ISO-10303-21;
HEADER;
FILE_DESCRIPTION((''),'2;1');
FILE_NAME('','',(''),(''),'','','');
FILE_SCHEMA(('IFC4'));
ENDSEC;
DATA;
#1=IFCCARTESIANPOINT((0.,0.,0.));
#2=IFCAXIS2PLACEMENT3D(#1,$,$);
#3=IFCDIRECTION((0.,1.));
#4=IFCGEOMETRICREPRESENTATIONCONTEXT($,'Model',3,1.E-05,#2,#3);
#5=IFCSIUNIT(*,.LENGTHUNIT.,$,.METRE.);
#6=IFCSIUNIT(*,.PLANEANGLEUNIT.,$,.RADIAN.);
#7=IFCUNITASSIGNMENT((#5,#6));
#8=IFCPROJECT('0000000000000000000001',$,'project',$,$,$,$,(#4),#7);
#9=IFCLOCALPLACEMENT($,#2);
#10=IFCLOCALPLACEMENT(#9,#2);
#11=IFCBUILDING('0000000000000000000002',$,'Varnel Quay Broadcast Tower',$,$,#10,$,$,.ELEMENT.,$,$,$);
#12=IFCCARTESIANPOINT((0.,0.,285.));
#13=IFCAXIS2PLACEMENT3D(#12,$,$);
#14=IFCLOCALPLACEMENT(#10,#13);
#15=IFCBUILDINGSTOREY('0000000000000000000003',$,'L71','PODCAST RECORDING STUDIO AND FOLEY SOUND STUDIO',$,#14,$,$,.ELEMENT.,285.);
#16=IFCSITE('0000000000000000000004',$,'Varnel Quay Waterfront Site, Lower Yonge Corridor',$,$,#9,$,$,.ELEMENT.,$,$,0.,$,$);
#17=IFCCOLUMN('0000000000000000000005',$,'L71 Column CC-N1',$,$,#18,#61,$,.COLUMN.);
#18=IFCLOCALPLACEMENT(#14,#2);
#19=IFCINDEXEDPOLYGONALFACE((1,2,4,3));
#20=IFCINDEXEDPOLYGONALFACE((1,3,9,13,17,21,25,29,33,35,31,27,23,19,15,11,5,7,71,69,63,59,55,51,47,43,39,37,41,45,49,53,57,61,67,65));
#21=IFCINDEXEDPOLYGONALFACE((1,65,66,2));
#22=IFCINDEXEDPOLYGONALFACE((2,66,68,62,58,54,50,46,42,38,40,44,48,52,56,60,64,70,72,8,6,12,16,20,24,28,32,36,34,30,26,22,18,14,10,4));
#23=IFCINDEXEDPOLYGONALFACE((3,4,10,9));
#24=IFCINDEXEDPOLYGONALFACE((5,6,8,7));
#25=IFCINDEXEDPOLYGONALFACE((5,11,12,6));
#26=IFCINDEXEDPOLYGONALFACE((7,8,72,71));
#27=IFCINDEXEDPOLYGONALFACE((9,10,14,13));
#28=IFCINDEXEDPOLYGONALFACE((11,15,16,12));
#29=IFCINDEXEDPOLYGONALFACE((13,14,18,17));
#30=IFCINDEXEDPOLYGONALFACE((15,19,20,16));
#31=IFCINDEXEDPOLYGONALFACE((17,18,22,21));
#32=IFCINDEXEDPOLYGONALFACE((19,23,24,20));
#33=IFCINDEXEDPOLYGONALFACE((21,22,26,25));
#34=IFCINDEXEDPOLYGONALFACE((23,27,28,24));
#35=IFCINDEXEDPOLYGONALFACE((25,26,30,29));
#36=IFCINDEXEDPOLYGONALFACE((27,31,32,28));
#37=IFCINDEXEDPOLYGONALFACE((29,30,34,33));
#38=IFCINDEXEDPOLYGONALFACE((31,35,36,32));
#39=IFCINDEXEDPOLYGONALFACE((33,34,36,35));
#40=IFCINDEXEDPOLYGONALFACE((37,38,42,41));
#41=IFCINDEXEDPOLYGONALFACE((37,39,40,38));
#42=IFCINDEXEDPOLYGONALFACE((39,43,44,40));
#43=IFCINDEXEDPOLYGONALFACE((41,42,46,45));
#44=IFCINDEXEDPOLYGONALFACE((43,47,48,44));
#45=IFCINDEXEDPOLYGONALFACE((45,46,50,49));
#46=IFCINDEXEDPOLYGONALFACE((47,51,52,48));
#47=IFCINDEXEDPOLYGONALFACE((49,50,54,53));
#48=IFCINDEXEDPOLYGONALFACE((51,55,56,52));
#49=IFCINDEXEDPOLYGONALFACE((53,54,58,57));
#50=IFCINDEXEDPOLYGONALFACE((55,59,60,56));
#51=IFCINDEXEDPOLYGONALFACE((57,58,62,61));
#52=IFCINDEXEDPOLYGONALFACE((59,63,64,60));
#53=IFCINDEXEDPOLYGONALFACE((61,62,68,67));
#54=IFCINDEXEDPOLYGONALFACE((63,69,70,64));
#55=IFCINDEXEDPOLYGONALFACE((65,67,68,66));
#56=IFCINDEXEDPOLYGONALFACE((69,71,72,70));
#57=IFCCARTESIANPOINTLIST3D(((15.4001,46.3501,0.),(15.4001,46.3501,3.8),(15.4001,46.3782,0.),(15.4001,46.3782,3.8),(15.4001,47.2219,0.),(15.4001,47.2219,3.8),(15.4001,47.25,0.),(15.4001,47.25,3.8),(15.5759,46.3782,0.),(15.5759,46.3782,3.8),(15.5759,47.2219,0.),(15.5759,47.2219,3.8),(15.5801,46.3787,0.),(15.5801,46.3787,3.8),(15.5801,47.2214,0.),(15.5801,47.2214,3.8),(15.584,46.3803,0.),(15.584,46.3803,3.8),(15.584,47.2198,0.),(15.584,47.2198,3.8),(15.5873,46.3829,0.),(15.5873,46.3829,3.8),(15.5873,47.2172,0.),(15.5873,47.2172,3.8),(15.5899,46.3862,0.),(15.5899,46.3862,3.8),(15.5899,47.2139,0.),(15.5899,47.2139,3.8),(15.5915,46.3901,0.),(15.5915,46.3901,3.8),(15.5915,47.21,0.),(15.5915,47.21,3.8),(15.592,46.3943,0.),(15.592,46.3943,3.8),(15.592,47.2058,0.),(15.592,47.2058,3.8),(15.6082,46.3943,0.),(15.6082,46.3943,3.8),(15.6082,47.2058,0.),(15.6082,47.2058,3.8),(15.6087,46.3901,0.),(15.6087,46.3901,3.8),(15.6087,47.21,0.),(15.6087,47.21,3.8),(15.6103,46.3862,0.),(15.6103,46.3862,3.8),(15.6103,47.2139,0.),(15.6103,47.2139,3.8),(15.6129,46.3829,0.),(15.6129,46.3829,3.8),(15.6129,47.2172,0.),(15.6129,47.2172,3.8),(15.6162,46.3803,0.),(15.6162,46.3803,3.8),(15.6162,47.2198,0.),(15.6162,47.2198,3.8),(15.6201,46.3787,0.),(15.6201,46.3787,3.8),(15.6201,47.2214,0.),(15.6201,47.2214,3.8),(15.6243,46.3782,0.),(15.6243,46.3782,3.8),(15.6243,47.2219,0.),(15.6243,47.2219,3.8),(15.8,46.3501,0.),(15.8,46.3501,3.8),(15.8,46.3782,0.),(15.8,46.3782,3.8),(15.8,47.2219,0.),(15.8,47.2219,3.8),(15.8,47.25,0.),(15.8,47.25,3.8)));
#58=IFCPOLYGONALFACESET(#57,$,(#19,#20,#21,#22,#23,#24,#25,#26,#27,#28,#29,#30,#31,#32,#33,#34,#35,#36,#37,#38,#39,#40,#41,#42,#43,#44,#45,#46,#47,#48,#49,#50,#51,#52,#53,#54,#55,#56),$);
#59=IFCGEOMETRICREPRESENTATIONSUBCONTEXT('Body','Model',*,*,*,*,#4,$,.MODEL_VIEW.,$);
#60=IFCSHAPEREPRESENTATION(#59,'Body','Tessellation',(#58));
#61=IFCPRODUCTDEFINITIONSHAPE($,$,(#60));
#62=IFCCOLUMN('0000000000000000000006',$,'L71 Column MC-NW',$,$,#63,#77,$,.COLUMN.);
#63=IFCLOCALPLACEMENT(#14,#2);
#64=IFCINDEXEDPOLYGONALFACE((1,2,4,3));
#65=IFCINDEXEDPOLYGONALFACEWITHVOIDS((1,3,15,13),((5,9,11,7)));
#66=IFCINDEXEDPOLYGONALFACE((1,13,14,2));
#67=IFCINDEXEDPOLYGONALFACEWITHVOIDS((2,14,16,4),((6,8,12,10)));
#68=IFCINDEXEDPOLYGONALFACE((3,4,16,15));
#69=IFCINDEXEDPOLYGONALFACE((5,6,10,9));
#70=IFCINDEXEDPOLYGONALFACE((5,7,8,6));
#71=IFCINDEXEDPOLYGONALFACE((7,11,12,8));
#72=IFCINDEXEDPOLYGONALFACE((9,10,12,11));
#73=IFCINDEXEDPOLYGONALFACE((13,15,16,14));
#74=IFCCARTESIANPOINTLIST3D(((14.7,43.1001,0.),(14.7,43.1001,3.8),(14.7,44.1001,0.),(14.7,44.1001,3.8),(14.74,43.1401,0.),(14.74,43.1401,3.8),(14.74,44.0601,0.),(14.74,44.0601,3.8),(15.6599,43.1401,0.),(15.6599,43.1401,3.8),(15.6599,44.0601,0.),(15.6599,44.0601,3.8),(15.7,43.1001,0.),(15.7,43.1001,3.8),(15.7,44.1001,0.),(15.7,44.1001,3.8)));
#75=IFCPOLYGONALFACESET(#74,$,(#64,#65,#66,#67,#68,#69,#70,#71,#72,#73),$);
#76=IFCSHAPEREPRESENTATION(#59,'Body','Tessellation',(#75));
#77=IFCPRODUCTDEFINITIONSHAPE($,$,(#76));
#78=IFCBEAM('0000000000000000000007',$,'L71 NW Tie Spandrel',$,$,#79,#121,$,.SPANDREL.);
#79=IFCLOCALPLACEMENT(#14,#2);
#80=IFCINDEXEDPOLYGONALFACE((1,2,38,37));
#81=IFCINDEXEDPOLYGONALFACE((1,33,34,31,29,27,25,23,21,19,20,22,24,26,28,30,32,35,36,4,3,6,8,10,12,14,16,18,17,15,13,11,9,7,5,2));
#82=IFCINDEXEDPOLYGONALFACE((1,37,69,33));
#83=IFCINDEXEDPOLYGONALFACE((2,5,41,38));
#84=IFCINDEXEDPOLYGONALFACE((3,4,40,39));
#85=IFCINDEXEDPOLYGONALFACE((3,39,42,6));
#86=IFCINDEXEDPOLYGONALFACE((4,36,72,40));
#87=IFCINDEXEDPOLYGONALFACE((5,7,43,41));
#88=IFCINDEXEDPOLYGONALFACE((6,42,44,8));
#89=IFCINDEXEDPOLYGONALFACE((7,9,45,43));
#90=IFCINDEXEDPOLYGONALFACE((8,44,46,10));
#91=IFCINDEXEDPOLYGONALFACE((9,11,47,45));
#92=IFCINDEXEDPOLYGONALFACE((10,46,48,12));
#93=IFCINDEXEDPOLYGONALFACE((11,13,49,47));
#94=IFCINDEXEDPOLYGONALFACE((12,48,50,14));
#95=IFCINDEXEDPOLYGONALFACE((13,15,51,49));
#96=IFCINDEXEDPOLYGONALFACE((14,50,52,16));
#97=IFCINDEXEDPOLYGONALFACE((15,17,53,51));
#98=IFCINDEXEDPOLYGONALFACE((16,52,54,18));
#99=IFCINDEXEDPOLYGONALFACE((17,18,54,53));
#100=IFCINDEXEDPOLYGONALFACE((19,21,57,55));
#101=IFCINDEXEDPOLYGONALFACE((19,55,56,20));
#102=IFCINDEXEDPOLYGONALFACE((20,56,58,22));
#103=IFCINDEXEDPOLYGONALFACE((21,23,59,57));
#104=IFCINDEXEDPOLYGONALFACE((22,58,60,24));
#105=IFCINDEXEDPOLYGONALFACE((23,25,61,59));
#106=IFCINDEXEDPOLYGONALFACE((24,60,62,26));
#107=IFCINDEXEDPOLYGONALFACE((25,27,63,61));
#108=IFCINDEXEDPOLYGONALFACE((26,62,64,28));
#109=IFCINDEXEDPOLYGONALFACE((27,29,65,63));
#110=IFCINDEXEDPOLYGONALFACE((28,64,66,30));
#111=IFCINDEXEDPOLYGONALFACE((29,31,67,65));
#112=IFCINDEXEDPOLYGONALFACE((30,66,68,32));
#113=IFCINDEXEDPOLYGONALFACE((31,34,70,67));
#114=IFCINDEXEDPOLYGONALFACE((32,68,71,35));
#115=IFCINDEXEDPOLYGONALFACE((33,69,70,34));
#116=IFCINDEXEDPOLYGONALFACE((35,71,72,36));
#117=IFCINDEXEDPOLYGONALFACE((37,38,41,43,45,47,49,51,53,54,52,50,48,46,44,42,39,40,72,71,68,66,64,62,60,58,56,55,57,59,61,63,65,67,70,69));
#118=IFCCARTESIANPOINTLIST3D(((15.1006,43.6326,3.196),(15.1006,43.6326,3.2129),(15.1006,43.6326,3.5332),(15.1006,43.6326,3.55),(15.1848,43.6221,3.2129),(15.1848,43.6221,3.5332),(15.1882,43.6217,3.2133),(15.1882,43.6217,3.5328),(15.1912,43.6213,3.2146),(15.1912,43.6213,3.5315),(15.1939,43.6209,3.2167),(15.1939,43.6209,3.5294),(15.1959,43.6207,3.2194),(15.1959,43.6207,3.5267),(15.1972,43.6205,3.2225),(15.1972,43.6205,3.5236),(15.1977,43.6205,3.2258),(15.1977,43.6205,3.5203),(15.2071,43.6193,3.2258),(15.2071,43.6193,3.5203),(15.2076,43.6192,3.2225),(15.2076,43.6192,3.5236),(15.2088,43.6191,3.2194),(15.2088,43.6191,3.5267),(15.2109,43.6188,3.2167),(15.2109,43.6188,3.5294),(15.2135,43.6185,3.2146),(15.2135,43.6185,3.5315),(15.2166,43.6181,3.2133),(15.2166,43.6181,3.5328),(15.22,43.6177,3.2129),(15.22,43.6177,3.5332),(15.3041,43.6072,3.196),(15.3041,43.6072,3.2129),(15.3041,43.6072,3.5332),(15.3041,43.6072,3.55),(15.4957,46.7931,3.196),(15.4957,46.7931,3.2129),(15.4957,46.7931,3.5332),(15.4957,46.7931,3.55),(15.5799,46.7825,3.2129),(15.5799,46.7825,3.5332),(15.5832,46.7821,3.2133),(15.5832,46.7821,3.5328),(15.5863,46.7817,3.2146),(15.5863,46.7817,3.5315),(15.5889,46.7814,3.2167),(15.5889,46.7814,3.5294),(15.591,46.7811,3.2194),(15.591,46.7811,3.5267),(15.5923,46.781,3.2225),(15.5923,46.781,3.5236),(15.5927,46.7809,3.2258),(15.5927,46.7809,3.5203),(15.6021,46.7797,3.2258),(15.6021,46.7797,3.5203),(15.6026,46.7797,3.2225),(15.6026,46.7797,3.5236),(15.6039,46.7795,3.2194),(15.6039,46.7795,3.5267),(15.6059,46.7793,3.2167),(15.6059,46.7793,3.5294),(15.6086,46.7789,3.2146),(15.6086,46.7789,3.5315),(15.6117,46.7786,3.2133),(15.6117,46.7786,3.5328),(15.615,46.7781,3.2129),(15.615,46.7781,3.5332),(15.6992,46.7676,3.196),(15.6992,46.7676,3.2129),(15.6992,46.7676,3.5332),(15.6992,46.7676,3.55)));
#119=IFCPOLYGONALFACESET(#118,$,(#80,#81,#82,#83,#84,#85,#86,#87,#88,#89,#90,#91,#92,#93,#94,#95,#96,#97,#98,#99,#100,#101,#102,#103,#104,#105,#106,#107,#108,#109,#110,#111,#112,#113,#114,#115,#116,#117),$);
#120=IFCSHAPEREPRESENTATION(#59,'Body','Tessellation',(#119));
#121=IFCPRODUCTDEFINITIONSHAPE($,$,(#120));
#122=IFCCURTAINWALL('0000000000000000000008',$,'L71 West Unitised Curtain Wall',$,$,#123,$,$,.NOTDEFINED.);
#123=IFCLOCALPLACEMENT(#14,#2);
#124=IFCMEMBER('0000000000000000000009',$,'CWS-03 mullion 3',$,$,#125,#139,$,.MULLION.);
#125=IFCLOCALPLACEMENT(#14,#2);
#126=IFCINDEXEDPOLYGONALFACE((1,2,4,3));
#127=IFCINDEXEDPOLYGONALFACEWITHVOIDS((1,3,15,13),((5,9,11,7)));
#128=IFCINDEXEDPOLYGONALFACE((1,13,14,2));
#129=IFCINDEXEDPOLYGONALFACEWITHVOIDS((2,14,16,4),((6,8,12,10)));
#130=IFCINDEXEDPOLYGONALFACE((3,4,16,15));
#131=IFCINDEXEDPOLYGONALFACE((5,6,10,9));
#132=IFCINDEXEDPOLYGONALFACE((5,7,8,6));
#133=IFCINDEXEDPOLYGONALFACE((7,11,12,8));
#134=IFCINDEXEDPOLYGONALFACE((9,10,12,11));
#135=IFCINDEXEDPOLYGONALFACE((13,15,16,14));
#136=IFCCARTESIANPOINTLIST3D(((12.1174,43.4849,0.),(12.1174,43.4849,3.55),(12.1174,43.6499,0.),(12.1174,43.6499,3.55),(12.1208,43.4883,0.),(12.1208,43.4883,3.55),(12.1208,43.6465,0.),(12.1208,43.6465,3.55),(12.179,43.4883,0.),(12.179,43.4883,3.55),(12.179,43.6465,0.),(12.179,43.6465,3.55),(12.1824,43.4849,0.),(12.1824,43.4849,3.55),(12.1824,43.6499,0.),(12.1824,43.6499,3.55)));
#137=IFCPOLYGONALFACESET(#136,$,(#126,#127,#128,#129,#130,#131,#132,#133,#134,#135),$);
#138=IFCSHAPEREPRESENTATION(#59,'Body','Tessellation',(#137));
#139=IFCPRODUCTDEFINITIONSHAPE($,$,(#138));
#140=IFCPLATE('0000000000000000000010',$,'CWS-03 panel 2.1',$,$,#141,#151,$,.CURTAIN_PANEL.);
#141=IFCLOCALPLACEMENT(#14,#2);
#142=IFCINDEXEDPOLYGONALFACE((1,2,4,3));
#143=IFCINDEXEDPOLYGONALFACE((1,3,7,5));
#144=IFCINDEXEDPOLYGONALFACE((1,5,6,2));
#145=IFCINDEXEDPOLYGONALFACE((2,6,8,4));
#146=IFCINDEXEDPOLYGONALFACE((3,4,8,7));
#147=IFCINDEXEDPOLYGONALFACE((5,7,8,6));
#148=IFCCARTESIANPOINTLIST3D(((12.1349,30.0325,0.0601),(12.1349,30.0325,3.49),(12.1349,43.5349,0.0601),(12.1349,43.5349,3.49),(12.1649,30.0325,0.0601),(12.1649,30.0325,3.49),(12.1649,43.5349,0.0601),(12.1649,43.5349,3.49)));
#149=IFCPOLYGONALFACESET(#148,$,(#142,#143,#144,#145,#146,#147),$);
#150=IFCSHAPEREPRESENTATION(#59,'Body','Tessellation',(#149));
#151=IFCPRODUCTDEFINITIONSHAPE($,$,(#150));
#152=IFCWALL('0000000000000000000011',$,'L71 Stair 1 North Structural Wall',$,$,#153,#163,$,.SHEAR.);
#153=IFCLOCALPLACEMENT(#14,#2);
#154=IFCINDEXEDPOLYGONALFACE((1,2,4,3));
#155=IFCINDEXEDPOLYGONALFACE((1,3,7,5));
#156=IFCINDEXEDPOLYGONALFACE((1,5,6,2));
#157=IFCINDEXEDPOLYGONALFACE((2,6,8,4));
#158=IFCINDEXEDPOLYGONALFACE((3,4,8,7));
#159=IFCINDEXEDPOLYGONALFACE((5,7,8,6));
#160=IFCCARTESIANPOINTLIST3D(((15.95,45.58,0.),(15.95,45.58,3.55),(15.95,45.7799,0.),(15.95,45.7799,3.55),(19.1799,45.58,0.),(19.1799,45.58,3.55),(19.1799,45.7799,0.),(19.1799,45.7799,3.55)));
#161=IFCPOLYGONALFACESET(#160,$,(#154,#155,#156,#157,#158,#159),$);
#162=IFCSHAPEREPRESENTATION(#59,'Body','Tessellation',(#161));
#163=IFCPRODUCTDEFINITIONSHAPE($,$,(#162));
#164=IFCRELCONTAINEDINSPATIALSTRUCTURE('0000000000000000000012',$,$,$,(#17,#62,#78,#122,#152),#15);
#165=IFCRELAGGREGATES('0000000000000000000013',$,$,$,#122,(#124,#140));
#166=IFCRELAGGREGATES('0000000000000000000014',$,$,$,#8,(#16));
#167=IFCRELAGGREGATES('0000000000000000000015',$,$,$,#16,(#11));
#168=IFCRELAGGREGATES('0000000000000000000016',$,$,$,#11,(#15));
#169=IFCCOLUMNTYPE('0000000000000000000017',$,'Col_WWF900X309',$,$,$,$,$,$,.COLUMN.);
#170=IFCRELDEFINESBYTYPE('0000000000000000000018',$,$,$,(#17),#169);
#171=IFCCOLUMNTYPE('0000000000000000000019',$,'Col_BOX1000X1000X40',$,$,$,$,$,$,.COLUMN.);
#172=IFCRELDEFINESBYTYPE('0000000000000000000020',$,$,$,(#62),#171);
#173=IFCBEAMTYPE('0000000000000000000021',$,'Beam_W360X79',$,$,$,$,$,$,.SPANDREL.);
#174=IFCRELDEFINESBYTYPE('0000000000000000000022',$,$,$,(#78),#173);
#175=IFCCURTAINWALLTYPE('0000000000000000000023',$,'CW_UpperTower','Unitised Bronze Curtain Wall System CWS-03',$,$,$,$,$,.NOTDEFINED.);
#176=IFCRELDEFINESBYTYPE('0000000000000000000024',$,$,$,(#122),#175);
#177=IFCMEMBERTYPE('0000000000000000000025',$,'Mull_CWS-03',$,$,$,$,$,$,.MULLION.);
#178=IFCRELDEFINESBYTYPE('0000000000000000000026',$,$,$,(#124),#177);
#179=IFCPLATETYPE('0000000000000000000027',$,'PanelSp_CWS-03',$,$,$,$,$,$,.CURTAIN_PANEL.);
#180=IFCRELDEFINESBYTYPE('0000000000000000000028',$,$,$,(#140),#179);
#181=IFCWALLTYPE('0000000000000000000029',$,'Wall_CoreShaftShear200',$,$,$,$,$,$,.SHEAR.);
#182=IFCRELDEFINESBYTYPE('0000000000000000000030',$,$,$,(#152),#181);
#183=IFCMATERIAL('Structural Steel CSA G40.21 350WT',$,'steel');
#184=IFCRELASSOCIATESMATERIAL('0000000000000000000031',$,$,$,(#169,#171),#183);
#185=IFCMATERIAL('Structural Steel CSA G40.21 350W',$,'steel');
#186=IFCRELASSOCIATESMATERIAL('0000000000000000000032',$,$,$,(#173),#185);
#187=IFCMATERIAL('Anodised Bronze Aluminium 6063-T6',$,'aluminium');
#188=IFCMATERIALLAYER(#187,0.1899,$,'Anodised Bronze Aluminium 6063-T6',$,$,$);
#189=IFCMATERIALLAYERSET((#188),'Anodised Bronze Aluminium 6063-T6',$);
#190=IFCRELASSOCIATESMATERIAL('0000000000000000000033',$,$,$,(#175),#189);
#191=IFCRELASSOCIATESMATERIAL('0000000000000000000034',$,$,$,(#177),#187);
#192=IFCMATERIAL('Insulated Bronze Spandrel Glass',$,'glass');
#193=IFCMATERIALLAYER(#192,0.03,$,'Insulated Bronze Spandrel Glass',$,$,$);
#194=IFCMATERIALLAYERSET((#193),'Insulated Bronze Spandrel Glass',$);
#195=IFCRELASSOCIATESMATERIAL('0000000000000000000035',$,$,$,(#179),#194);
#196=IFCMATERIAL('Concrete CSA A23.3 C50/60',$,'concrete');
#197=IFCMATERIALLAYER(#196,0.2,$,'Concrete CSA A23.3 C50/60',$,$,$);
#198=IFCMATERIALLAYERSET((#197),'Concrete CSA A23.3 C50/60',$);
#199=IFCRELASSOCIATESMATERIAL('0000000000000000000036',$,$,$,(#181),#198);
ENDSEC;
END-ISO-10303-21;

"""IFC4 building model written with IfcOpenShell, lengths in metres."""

from ifc_helpers import new_model, si_unit, direction, frame, frame_2d, origin, origin_2d, place, context, subcontext, project, spatial, rectangle, hollow_rectangle, i_section, extrude, source, transform, mapped, material, layer, layer_set, material_profile, profile_set, type_object, type_shapes, element, aggregate, save


model = new_model("IFC4")

# Units and contexts
model_context = context("Model", 3, precision=1e-05, world=origin(), true_north=direction((0.0, 1.0)))
body_context = subcontext(model_context, "Body", "Model", "MODEL_VIEW")
ifc_project = project(units=[si_unit("LENGTHUNIT", "METRE"), si_unit("PLANEANGLEUNIT", "RADIAN")], contexts=[model_context])

# Site, building, storey
site_placement = place(None, origin())
site = spatial("IfcSite", under=ifc_project, at=site_placement, Name="Varnel Quay Waterfront Site, Lower Yonge Corridor", CompositionType="ELEMENT", RefElevation=0.0)
building_placement = place(site_placement, origin())
building = spatial("IfcBuilding", under=site, at=building_placement, Name="Varnel Quay Broadcast Tower", CompositionType="ELEMENT")
storey_placement = place(building_placement, frame((0.0, 0.0, 285.0)))
storey = spatial("IfcBuildingStorey", under=building, at=storey_placement, Name="L71", Description="PODCAST RECORDING STUDIO AND FOLEY SOUND STUDIO", CompositionType="ELEMENT", Elevation=285.0)

# Columns
ifc_material_1 = material(Name="Structural Steel CSA G40.21 350WT", Category="steel")
ifc_material_profile_1 = material_profile(ifc_material_1, i_section(OverallWidth=0.3999, OverallDepth=0.8999, WebThickness=0.0161, FlangeThickness=0.0281, FilletRadius=0.0161, at=origin_2d()), Name="WWF900X309")
ifc_profile_set_1 = profile_set([ifc_material_profile_1], Name="Structural Steel CSA G40.21 350WT")
column_type_1 = type_object("IfcColumnType", Name="Col_WWF900X309", PredefinedType="COLUMN", material=ifc_profile_set_1)
shared_shape_1 = source(origin(), body_context, "Body", "SweptSolid", [
    extrude(i_section(OverallWidth=0.3999, OverallDepth=0.8999, WebThickness=0.0161, FlangeThickness=0.0281, FilletRadius=0.0161, at=origin_2d()), origin(), (0.0, 0.0, 1.0), 3.8),
])
type_shapes(column_type_1, [shared_shape_1])
column_1_placement = place(storey_placement, frame((15.6001, 46.8, 0.0), z_axis=(0.0, 0.0, 1.0), x_axis=(1.0, 0.0, 0.0)))
element("IfcColumn", 1, at=column_1_placement, inside=storey, type_object=column_type_1, Name="L71 Column CC-N1", PredefinedType="COLUMN", context=body_context, shape_type="MappedRepresentation", body=[
    mapped(shared_shape_1, transform((0.0, 0.0, 0.0), x_axis=(1.0, 0.0, 0.0), y_axis=(0.0, 1.0, 0.0), z_axis=(0.0, 0.0, 1.0), scale=1.0)),
])
ifc_material_profile_2 = material_profile(ifc_material_1, hollow_rectangle(XDim=1.0, YDim=1.0, WallThickness=0.04, at=origin_2d()), Name="BOX1000X1000X40")
ifc_profile_set_2 = profile_set([ifc_material_profile_2], Name="Structural Steel CSA G40.21 350WT")
column_type_2 = type_object("IfcColumnType", Name="Col_BOX1000X1000X40", PredefinedType="COLUMN", material=ifc_profile_set_2)
shared_shape_2 = source(origin(), body_context, "Body", "SweptSolid", [
    extrude(hollow_rectangle(XDim=1.0, YDim=1.0, WallThickness=0.04, at=origin_2d()), origin(), (0.0, 0.0, 1.0), 3.8),
])
type_shapes(column_type_2, [shared_shape_2])
column_2_placement = place(storey_placement, frame((15.2, 43.6001, 0.0), z_axis=(0.0, 0.0, 1.0), x_axis=(1.0, 0.0, 0.0)))
element("IfcColumn", 2, at=column_2_placement, inside=storey, type_object=column_type_2, Name="L71 Column MC-NW", PredefinedType="COLUMN", context=body_context, shape_type="MappedRepresentation", body=[
    mapped(shared_shape_2, transform((0.0, 0.0, 0.0), x_axis=(1.0, 0.0, 0.0), y_axis=(0.0, 1.0, 0.0), z_axis=(0.0, 0.0, 1.0), scale=1.0)),
])

# Beam
ifc_material_2 = material(Name="Structural Steel CSA G40.21 350W", Category="steel")
ifc_material_profile_3 = material_profile(ifc_material_2, i_section(OverallWidth=0.2051, OverallDepth=0.354, WebThickness=0.0095, FlangeThickness=0.0168, FilletRadius=0.0129, at=origin_2d()), Name="W360X79")
ifc_profile_set_3 = profile_set([ifc_material_profile_3], Name="Structural Steel CSA G40.21 350W")
beam_type = type_object("IfcBeamType", Name="Beam_W360X79", PredefinedType="SPANDREL", material=ifc_profile_set_3)
shared_shape_3 = source(origin(), body_context, "Body", "SweptSolid", [
    extrude(i_section(OverallWidth=0.2051, OverallDepth=0.354, WebThickness=0.0095, FlangeThickness=0.0168, FilletRadius=0.0129, at=origin_2d()), origin(), (0.0, 0.0, 1.0), 3.1851),
])
type_shapes(beam_type, [shared_shape_3])
beam_placement = place(storey_placement, frame((15.2024, 43.6199, 3.373), z_axis=(0.124025, 0.992279, 0.0), x_axis=(-0.992279, 0.124025, 0.0)))
element("IfcBeam", 3, at=beam_placement, inside=storey, type_object=beam_type, Name="L71 NW Tie Spandrel", PredefinedType="SPANDREL", context=body_context, shape_type="MappedRepresentation", body=[
    mapped(shared_shape_3, transform((0.0, 0.0, 0.0), x_axis=(1.0, 0.0, 0.0), y_axis=(0.0, 1.0, 0.0), z_axis=(0.0, 0.0, 1.0), scale=1.0)),
])

# Curtain wall, member, plate
ifc_material_3 = material(Name="Anodised Bronze Aluminium 6063-T6", Category="aluminium")
ifc_layer_1 = layer(ifc_material_3, 0.1899, Name="Anodised Bronze Aluminium 6063-T6")
ifc_layer_set_1 = layer_set([ifc_layer_1], Name="Anodised Bronze Aluminium 6063-T6")
curtain_wall_type = type_object("IfcCurtainWallType", Name="CW_UpperTower", Description="Unitised Bronze Curtain Wall System CWS-03", PredefinedType="NOTDEFINED", material=ifc_layer_set_1)
curtain_wall_placement = place(storey_placement, origin())
curtain_wall = element("IfcCurtainWall", 4, at=curtain_wall_placement, inside=storey, type_object=curtain_wall_type, Name="L71 West Unitised Curtain Wall", PredefinedType="NOTDEFINED")
ifc_material_profile_4 = material_profile(ifc_material_3, hollow_rectangle(XDim=0.0649, YDim=0.165, WallThickness=0.0034, at=origin_2d()), Name="ALU65X165X3.5")
ifc_profile_set_4 = profile_set([ifc_material_profile_4], Name="Anodised Bronze Aluminium 6063-T6")
member_type = type_object("IfcMemberType", Name="Mull_CWS-03", PredefinedType="MULLION", material=ifc_profile_set_4)
shared_shape_4 = source(origin(), body_context, "Body", "SweptSolid", [
    extrude(hollow_rectangle(XDim=0.0649, YDim=0.165, WallThickness=0.0034, at=origin_2d()), origin(), (0.0, 0.0, 1.0), 3.55),
])
type_shapes(member_type, [shared_shape_4])
member_placement = place(storey_placement, frame((12.1499, 43.5674, 0.0), z_axis=(0.0, 0.0, 1.0), x_axis=(-1.0, 0.0, 0.0)))
member = element("IfcMember", 5, at=member_placement, type_object=member_type, Name="CWS-03 mullion 3", PredefinedType="MULLION", context=body_context, shape_type="MappedRepresentation", body=[
    mapped(shared_shape_4, transform((0.0, 0.0, 0.0), x_axis=(1.0, 0.0, 0.0), y_axis=(0.0, 1.0, 0.0), z_axis=(0.0, 0.0, 1.0), scale=1.0)),
])
ifc_material_4 = material(Name="Insulated Bronze Spandrel Glass", Category="glass")
ifc_layer_2 = layer(ifc_material_4, 0.03, Name="Insulated Bronze Spandrel Glass")
ifc_layer_set_2 = layer_set([ifc_layer_2], Name="Insulated Bronze Spandrel Glass")
plate_type = type_object("IfcPlateType", Name="PanelSp_CWS-03", PredefinedType="CURTAIN_PANEL", material=ifc_layer_set_2)
shared_shape_5 = source(origin(), body_context, "Body", "SweptSolid", [
    extrude(rectangle(XDim=13.5024, YDim=0.03, at=origin_2d()), origin(), (0.0, 0.0, 1.0), 3.4299),
])
type_shapes(plate_type, [shared_shape_5])
plate_placement = place(storey_placement, frame((12.1499, 36.7837, 0.0601), z_axis=(0.0, 0.0, 1.0), x_axis=(0.0, 1.0, 0.0)))
plate = element("IfcPlate", 6, at=plate_placement, type_object=plate_type, Name="CWS-03 panel 2.1", PredefinedType="CURTAIN_PANEL", context=body_context, shape_type="MappedRepresentation", body=[
    mapped(shared_shape_5, transform((0.0, 0.0, 0.0), x_axis=(1.0, 0.0, 0.0), y_axis=(0.0, 1.0, 0.0), z_axis=(0.0, 0.0, 1.0), scale=1.0)),
])
aggregate(curtain_wall, [member, plate])

# Wall
ifc_material_5 = material(Name="Concrete CSA A23.3 C50/60", Category="concrete")
ifc_layer_3 = layer(ifc_material_5, 0.2, Name="Concrete CSA A23.3 C50/60")
ifc_layer_set_3 = layer_set([ifc_layer_3], Name="Concrete CSA A23.3 C50/60")
wall_type_1 = type_object("IfcWallType", Name="Wall_CoreShaftShear200", PredefinedType="SHEAR", material=ifc_layer_set_3)
wall_1_placement = place(storey_placement, frame((15.95, 45.6799, 0.0), z_axis=(0.0, 0.0, 1.0), x_axis=(1.0, 0.0, 0.0)))
element("IfcWall", 7, at=wall_1_placement, inside=storey, type_object=wall_type_1, Name="L71 Stair 1 North Structural Wall", PredefinedType="SHEAR", context=body_context, shape_type="SweptSolid", body=[
    extrude(rectangle(XDim=3.23, YDim=0.2, at=frame_2d((1.615, 0.0))), origin(), (0.0, 0.0, 1.0), 3.55),
])

save(model, "model.ifc")
